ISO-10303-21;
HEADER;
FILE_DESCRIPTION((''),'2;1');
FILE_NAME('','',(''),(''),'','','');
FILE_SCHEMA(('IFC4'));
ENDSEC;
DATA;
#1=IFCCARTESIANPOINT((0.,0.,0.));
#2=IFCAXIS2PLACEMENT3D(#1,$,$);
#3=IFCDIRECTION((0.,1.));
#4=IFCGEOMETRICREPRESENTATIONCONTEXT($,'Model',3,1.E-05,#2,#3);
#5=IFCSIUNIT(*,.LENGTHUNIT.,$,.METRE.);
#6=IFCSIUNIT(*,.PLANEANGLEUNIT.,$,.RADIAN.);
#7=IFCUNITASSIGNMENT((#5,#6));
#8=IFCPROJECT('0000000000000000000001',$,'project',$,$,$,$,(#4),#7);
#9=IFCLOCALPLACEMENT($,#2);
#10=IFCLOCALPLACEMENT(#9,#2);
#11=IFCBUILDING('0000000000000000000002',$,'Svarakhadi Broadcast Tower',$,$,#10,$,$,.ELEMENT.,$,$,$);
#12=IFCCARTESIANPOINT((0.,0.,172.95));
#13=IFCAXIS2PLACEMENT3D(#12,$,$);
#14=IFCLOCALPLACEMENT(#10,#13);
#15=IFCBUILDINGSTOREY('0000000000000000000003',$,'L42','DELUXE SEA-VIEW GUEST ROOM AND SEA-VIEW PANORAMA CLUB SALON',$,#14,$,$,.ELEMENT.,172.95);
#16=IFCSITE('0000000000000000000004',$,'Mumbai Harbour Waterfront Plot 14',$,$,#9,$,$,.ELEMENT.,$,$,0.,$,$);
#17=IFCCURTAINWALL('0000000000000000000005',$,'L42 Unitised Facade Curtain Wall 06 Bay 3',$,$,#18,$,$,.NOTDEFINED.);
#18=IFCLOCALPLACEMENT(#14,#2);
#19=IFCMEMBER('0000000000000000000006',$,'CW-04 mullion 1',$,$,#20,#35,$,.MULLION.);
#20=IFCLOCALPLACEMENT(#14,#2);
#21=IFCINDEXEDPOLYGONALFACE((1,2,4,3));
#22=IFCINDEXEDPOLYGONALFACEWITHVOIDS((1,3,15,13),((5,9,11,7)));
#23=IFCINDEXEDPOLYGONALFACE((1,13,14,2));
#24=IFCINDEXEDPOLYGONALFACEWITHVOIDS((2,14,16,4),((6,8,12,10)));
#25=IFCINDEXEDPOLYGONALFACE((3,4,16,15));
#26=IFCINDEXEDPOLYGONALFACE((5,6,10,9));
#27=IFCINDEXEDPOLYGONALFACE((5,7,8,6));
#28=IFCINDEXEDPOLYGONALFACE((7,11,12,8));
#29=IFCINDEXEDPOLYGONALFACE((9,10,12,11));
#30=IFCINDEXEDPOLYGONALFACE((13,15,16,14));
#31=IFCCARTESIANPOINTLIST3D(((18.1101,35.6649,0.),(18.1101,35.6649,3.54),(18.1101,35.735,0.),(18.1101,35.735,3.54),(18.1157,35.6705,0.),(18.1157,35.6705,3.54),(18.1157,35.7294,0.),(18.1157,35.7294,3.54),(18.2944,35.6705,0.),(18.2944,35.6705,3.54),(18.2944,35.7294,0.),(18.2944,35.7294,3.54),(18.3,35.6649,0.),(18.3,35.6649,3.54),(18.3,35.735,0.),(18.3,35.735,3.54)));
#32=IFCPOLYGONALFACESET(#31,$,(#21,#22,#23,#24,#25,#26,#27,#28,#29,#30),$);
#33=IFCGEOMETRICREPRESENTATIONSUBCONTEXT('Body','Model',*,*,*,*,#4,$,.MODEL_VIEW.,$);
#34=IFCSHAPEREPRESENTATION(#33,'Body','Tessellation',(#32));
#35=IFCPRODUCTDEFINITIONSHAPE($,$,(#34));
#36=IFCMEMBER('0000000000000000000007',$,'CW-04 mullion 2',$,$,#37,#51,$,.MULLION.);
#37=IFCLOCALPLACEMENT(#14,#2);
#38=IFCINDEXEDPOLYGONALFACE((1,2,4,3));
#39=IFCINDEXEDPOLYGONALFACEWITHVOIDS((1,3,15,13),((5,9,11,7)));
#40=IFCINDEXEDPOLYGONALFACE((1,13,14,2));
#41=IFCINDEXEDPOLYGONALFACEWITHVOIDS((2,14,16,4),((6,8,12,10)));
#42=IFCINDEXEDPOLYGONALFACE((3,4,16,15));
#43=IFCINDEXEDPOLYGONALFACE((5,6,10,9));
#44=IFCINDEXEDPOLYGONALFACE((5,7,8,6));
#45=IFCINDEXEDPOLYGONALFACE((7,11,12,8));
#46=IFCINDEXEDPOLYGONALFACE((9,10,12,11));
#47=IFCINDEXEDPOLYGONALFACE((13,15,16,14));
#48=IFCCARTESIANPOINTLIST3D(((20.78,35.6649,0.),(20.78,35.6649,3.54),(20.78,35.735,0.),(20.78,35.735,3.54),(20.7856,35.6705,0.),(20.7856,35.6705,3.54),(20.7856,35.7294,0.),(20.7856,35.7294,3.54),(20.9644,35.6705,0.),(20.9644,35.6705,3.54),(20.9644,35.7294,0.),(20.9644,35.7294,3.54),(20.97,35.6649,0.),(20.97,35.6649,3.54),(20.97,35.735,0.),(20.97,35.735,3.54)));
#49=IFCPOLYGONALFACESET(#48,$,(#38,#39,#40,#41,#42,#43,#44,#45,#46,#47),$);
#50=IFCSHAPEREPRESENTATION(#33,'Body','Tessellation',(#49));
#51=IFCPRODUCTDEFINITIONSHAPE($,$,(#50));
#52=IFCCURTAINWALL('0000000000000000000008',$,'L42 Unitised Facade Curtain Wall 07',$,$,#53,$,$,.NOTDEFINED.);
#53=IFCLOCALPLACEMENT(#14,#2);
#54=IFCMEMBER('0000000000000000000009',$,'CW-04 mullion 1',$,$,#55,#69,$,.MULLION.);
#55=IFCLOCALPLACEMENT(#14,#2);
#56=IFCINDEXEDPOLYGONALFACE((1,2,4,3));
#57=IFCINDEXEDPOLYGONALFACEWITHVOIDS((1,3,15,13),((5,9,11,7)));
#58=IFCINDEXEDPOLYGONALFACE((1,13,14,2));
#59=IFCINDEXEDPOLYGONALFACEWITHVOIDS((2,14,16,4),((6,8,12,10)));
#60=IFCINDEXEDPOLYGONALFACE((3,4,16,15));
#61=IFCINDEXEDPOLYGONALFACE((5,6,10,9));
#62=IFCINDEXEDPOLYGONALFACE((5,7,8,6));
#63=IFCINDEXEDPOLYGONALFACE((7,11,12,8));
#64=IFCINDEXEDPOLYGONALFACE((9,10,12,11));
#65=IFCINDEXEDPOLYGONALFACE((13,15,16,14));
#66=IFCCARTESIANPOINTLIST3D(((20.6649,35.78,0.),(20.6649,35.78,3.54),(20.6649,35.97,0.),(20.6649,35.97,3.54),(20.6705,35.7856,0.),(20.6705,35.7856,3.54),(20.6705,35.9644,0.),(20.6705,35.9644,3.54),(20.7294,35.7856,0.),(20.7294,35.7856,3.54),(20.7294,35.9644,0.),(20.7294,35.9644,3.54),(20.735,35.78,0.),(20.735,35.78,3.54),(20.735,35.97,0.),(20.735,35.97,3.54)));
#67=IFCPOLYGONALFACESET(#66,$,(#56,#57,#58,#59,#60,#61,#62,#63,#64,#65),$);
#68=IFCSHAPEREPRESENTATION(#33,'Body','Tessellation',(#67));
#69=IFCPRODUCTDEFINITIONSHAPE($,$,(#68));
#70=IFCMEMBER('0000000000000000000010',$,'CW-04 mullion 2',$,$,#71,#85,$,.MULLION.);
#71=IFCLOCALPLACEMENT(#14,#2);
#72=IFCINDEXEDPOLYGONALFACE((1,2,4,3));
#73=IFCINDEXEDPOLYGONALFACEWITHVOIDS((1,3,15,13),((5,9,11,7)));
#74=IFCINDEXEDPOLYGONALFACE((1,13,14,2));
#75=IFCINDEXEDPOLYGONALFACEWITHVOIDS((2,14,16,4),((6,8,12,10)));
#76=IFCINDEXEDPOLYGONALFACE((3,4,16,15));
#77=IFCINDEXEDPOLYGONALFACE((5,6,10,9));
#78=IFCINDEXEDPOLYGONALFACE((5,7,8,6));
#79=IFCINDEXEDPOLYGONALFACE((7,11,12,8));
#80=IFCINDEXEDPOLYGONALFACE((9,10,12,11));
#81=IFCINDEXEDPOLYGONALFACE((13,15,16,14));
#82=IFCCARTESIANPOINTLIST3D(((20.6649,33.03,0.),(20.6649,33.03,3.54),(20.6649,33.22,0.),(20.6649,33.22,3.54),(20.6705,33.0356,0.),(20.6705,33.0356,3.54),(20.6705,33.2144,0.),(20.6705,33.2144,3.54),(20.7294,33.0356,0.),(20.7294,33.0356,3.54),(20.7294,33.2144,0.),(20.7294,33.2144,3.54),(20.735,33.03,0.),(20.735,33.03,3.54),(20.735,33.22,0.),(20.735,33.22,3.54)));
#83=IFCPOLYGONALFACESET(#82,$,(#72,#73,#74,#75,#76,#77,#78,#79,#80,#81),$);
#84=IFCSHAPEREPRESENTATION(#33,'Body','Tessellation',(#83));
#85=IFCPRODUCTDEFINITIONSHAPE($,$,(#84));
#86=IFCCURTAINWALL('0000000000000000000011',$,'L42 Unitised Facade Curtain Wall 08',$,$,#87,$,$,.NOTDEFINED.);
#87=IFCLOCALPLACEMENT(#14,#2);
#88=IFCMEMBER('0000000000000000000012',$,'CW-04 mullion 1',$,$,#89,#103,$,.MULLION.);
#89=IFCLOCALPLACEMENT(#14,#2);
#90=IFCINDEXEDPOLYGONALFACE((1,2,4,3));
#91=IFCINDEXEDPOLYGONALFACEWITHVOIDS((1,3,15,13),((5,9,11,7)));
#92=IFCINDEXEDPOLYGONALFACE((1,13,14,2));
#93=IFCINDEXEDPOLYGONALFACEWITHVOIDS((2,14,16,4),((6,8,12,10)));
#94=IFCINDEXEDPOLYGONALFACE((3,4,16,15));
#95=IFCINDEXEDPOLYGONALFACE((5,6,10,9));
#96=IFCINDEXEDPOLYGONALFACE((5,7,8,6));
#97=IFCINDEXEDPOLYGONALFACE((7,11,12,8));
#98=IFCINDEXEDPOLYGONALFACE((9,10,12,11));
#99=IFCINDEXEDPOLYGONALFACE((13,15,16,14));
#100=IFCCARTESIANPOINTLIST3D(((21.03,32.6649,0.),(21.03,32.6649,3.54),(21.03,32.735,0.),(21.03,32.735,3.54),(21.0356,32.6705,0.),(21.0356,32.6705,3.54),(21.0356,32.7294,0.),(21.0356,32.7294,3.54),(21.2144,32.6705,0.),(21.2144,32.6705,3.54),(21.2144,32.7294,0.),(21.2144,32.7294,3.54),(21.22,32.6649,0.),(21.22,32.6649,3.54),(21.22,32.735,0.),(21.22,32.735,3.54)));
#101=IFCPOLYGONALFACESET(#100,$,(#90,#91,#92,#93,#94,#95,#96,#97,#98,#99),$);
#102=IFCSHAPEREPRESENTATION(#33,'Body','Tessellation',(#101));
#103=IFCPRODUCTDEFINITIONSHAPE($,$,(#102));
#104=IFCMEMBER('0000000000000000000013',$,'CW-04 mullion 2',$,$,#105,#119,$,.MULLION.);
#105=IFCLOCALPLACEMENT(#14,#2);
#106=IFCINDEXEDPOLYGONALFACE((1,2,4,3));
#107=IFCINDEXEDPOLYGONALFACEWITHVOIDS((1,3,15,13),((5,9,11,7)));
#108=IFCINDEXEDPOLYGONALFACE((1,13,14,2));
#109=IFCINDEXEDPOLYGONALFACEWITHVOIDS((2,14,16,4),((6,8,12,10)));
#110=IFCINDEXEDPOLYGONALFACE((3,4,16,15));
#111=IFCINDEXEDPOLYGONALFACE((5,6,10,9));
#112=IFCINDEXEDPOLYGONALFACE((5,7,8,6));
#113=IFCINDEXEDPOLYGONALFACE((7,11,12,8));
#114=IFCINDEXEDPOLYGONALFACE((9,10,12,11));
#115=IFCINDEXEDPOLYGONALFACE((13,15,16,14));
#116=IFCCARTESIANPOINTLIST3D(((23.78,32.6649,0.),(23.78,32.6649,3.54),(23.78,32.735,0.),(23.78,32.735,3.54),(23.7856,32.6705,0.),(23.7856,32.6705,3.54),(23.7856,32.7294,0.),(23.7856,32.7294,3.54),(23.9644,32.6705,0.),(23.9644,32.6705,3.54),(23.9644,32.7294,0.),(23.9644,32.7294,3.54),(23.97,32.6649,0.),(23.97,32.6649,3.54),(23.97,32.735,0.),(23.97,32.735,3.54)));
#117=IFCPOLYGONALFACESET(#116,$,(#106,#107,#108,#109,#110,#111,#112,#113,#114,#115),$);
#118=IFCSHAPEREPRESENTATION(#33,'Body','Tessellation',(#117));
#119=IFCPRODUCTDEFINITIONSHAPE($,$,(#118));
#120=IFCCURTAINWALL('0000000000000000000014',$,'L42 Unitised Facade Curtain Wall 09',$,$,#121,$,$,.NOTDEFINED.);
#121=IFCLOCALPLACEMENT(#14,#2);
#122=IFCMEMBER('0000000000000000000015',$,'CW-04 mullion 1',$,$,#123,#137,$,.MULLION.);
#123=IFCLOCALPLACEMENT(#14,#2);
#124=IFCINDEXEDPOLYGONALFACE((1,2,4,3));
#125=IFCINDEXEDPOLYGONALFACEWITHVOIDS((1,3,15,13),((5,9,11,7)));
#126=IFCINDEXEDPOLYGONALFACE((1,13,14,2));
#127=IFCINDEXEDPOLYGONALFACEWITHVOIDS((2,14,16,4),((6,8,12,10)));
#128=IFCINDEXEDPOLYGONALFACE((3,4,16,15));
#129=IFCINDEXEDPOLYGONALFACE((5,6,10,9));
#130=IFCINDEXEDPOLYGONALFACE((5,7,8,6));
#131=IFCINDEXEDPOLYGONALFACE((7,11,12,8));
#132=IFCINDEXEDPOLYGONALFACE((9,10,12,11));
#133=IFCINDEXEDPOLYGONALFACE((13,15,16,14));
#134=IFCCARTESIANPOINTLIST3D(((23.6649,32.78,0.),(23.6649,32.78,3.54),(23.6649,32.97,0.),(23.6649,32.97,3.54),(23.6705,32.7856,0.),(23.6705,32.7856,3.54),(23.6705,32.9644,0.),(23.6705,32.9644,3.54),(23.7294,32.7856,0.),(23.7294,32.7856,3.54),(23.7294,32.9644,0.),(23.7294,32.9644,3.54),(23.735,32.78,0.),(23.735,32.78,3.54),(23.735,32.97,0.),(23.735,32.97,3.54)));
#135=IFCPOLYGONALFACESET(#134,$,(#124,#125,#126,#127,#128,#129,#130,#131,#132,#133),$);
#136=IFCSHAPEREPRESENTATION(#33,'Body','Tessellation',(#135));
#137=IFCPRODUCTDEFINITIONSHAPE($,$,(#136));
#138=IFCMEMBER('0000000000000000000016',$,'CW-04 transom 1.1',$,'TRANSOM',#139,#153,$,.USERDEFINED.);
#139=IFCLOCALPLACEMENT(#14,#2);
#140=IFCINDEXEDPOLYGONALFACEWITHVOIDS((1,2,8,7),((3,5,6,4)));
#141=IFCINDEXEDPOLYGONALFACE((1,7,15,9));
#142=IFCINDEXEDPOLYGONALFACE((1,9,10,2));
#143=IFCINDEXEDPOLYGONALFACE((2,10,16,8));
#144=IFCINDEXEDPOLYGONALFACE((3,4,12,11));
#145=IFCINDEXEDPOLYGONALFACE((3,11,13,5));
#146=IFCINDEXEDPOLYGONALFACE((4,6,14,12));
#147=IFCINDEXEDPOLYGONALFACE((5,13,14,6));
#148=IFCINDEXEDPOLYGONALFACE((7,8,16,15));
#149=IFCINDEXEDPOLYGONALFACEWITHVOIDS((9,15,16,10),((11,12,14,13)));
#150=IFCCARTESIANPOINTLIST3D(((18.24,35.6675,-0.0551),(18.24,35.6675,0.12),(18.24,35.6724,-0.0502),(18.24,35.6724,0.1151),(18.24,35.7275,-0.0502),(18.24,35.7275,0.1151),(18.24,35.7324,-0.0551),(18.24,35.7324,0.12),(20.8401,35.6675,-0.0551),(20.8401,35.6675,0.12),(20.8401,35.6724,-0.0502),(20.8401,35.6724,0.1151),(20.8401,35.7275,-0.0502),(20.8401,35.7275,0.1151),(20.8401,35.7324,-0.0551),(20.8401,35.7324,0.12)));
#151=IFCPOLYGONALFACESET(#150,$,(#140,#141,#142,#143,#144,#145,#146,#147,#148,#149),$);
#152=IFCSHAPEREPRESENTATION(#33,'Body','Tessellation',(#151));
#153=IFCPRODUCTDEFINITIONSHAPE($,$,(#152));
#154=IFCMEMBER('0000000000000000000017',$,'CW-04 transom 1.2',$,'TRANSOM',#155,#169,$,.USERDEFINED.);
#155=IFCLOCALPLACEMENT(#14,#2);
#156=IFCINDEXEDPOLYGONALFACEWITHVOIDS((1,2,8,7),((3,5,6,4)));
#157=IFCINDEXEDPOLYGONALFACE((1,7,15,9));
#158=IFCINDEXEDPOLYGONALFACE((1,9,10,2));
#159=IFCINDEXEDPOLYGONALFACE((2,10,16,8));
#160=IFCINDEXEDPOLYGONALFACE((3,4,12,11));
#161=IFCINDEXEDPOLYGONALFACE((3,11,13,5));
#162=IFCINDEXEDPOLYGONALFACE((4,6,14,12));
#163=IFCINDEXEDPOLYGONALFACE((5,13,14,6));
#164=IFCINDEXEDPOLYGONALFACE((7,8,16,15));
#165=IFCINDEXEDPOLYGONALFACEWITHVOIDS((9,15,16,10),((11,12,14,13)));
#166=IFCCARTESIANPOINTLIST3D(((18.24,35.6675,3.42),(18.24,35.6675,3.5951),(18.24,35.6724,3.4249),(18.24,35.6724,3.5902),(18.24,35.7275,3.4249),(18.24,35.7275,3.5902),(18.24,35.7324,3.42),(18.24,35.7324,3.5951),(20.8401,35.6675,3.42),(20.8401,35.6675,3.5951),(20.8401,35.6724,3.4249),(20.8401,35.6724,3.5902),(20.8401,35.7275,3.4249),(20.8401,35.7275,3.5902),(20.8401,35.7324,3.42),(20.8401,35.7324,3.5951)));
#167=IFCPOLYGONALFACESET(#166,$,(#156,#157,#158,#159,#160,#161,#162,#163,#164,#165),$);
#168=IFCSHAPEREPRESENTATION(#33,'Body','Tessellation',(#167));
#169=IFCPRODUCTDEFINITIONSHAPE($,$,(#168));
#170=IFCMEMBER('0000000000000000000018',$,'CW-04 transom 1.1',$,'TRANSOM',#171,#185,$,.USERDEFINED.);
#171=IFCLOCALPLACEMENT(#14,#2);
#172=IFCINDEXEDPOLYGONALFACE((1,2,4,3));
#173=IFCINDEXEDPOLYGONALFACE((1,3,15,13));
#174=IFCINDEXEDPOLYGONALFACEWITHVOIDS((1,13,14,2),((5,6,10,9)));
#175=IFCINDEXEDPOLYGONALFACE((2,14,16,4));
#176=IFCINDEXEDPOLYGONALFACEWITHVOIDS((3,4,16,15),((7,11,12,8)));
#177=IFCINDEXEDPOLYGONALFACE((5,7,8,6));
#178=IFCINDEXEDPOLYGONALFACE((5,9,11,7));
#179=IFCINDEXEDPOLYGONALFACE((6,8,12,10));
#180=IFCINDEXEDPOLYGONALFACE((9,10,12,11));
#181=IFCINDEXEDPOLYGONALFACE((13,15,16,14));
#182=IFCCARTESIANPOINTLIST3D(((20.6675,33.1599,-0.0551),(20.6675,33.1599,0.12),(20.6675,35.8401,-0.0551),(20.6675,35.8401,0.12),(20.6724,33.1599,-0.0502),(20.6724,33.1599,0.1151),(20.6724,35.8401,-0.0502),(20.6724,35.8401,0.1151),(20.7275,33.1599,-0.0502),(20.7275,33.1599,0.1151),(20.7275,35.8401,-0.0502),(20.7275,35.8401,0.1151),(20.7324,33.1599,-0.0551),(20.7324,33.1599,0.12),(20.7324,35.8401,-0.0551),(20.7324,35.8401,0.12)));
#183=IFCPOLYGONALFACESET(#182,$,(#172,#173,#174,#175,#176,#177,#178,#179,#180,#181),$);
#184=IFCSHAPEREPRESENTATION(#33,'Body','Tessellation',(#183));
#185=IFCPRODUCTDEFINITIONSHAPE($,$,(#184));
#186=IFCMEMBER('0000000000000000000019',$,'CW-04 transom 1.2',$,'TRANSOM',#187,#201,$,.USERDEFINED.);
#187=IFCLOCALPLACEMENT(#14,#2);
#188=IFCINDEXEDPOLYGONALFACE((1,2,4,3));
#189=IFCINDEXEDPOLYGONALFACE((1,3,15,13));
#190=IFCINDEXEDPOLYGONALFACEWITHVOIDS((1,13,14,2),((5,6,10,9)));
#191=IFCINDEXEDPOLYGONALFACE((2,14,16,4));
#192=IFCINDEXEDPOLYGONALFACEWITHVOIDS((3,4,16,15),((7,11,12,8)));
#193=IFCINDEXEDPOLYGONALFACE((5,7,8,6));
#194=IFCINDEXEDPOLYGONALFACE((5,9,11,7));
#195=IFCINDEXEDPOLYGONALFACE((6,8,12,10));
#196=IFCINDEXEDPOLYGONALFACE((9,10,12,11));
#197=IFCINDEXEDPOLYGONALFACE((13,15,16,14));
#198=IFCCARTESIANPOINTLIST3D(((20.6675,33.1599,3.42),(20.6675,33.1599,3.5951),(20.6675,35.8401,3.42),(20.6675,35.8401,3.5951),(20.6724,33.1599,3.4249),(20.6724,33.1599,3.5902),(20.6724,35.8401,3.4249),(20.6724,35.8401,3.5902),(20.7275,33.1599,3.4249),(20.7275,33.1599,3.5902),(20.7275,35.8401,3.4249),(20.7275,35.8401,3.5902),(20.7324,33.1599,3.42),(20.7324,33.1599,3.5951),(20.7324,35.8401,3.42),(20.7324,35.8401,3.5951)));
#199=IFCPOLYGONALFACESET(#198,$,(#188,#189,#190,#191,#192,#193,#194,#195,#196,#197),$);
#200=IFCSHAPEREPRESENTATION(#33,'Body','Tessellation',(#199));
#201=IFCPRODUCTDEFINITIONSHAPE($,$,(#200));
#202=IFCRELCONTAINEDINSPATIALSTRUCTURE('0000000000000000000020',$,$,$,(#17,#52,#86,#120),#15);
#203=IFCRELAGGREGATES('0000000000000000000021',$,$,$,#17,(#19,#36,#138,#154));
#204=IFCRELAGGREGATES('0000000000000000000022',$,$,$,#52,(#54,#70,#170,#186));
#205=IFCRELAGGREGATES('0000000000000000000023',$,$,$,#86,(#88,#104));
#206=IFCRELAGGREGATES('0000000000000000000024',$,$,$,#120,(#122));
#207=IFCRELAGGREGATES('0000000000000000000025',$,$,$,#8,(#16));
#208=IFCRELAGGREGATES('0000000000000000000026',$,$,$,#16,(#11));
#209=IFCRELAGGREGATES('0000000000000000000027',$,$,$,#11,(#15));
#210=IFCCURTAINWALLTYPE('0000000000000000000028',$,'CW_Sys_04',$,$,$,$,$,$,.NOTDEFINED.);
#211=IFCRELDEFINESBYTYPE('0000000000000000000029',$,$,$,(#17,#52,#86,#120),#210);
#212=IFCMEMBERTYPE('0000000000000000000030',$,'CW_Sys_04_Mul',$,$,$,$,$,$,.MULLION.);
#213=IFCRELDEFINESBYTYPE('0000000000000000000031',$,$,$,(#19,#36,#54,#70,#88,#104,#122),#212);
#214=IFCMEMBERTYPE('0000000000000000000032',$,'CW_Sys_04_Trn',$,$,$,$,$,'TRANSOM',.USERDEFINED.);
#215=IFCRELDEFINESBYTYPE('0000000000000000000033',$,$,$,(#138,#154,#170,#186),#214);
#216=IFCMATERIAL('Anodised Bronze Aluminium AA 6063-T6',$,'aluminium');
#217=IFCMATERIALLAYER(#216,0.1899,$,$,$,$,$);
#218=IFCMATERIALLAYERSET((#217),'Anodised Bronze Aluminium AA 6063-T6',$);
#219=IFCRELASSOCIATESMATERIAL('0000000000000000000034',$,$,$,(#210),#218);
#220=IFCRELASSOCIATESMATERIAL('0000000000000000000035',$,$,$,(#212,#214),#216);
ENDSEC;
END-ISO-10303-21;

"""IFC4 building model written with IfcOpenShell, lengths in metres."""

from ifc_helpers import new_model, si_unit, direction, frame, origin, origin_2d, place, context, subcontext, project, spatial, hollow_rectangle, extrude, material, layer, layer_set, material_profile, profile_set, type_object, element, aggregate, save


model = new_model("IFC4")

# Units and contexts
model_context = context("Model", 3, precision=1e-05, world=origin(), true_north=direction((0.0, 1.0)))
body_context = subcontext(model_context, "Body", "Model", "MODEL_VIEW")
ifc_project = project(units=[si_unit("LENGTHUNIT", "METRE"), si_unit("PLANEANGLEUNIT", "RADIAN")], contexts=[model_context])

# Site, building, storey
site_placement = place(None, origin())
site = spatial("IfcSite", under=ifc_project, at=site_placement, Name="Mumbai Harbour Waterfront Plot 14", CompositionType="ELEMENT", RefElevation=0.0)
building_placement = place(site_placement, origin())
building = spatial("IfcBuilding", under=site, at=building_placement, Name="Svarakhadi Broadcast Tower", CompositionType="ELEMENT")
storey_placement = place(building_placement, frame((0.0, 0.0, 172.95)))
storey = spatial("IfcBuildingStorey", under=building, at=storey_placement, Name="L42", Description="DELUXE SEA-VIEW GUEST ROOM AND SEA-VIEW PANORAMA CLUB SALON", CompositionType="ELEMENT", Elevation=172.95)

# Curtain walls, members
ifc_material_1 = material(Name="Anodised Bronze Aluminium AA 6063-T6", Category="aluminium")
ifc_layer_1 = layer(ifc_material_1, 0.1899)
ifc_layer_set_1 = layer_set([ifc_layer_1], Name="Anodised Bronze Aluminium AA 6063-T6")
curtain_wall_type = type_object("IfcCurtainWallType", Name="CW_Sys_04", PredefinedType="NOTDEFINED", material=ifc_layer_set_1)
curtain_wall_1_placement = place(storey_placement, origin())
curtain_wall_1 = element("IfcCurtainWall", 1, at=curtain_wall_1_placement, inside=storey, type_object=curtain_wall_type, Name="L42 Unitised Facade Curtain Wall 06 Bay 3", PredefinedType="NOTDEFINED")
ifc_material_profile_1 = material_profile(ifc_material_1, hollow_rectangle(XDim=0.0701, YDim=0.1899, WallThickness=0.0056, at=origin_2d()), Name="ALU MULLION 190x70x6")
ifc_profile_set_1 = profile_set([ifc_material_profile_1], Name="Anodised Bronze Aluminium AA 6063-T6")
member_type_1 = type_object("IfcMemberType", Name="CW_Sys_04_Mul", PredefinedType="MULLION", material=ifc_profile_set_1)
member_1_placement = place(storey_placement, frame((18.2051, 35.7, 0.0), z_axis=(0.0, 0.0, 1.0), x_axis=(0.0, 1.0, 0.0)))
member_1 = element("IfcMember", 2, at=member_1_placement, type_object=member_type_1, Name="CW-04 mullion 1", PredefinedType="MULLION", context=body_context, shape_type="SweptSolid", body=[
    extrude(hollow_rectangle(XDim=0.0701, YDim=0.1899, WallThickness=0.0056, at=origin_2d()), origin(), (0.0, 0.0, 1.0), 3.54),
])
member_2_placement = place(storey_placement, frame((20.875, 35.7, 0.0), z_axis=(0.0, 0.0, 1.0), x_axis=(0.0, 1.0, 0.0)))
member_2 = element("IfcMember", 3, at=member_2_placement, type_object=member_type_1, Name="CW-04 mullion 2", PredefinedType="MULLION", context=body_context, shape_type="SweptSolid", body=[
    extrude(hollow_rectangle(XDim=0.0701, YDim=0.1899, WallThickness=0.0056, at=origin_2d()), origin(), (0.0, 0.0, 1.0), 3.54),
])
curtain_wall_2_placement = place(storey_placement, origin())
curtain_wall_2 = element("IfcCurtainWall", 4, at=curtain_wall_2_placement, inside=storey, type_object=curtain_wall_type, Name="L42 Unitised Facade Curtain Wall 07", PredefinedType="NOTDEFINED")
member_3_placement = place(storey_placement, frame((20.7, 35.875, 0.0), z_axis=(0.0, 0.0, 1.0), x_axis=(1.0, 0.0, 0.0)))
member_3 = element("IfcMember", 5, at=member_3_placement, type_object=member_type_1, Name="CW-04 mullion 1", PredefinedType="MULLION", context=body_context, shape_type="SweptSolid", body=[
    extrude(hollow_rectangle(XDim=0.0701, YDim=0.1899, WallThickness=0.0056, at=origin_2d()), origin(), (0.0, 0.0, 1.0), 3.54),
])
member_4_placement = place(storey_placement, frame((20.7, 33.125, 0.0), z_axis=(0.0, 0.0, 1.0), x_axis=(1.0, 0.0, 0.0)))
member_4 = element("IfcMember", 6, at=member_4_placement, type_object=member_type_1, Name="CW-04 mullion 2", PredefinedType="MULLION", context=body_context, shape_type="SweptSolid", body=[
    extrude(hollow_rectangle(XDim=0.0701, YDim=0.1899, WallThickness=0.0056, at=origin_2d()), origin(), (0.0, 0.0, 1.0), 3.54),
])
curtain_wall_3_placement = place(storey_placement, origin())
curtain_wall_3 = element("IfcCurtainWall", 7, at=curtain_wall_3_placement, inside=storey, type_object=curtain_wall_type, Name="L42 Unitised Facade Curtain Wall 08", PredefinedType="NOTDEFINED")
member_5_placement = place(storey_placement, frame((21.125, 32.7, 0.0), z_axis=(0.0, 0.0, 1.0), x_axis=(0.0, 1.0, 0.0)))
member_5 = element("IfcMember", 8, at=member_5_placement, type_object=member_type_1, Name="CW-04 mullion 1", PredefinedType="MULLION", context=body_context, shape_type="SweptSolid", body=[
    extrude(hollow_rectangle(XDim=0.0701, YDim=0.1899, WallThickness=0.0056, at=origin_2d()), origin(), (0.0, 0.0, 1.0), 3.54),
])
member_6_placement = place(storey_placement, frame((23.875, 32.7, 0.0), z_axis=(0.0, 0.0, 1.0), x_axis=(0.0, 1.0, 0.0)))
member_6 = element("IfcMember", 9, at=member_6_placement, type_object=member_type_1, Name="CW-04 mullion 2", PredefinedType="MULLION", context=body_context, shape_type="SweptSolid", body=[
    extrude(hollow_rectangle(XDim=0.0701, YDim=0.1899, WallThickness=0.0056, at=origin_2d()), origin(), (0.0, 0.0, 1.0), 3.54),
])

# Curtain wall, member
curtain_wall_4_placement = place(storey_placement, origin())
curtain_wall_4 = element("IfcCurtainWall", 10, at=curtain_wall_4_placement, inside=storey, type_object=curtain_wall_type, Name="L42 Unitised Facade Curtain Wall 09", PredefinedType="NOTDEFINED")
member_7_placement = place(storey_placement, frame((23.7, 32.875, 0.0), z_axis=(0.0, 0.0, 1.0), x_axis=(1.0, 0.0, 0.0)))
member_7 = element("IfcMember", 11, at=member_7_placement, type_object=member_type_1, Name="CW-04 mullion 1", PredefinedType="MULLION", context=body_context, shape_type="SweptSolid", body=[
    extrude(hollow_rectangle(XDim=0.0701, YDim=0.1899, WallThickness=0.0056, at=origin_2d()), origin(), (0.0, 0.0, 1.0), 3.54),
])

# Members
ifc_material_profile_2 = material_profile(ifc_material_1, hollow_rectangle(XDim=0.0649, YDim=0.175, WallThickness=0.0049, at=origin_2d()), Name="ALU TRANSOM 175x65x5")
ifc_profile_set_2 = profile_set([ifc_material_profile_2], Name="Anodised Bronze Aluminium AA 6063-T6")
member_type_2 = type_object("IfcMemberType", Name="CW_Sys_04_Trn", ElementType="TRANSOM", PredefinedType="USERDEFINED", material=ifc_profile_set_2)
member_8_placement = place(storey_placement, frame((18.24, 35.7, 0.0325), z_axis=(1.0, 0.0, 0.0), x_axis=(0.0, 1.0, 0.0)))
member_8 = element("IfcMember", 12, at=member_8_placement, type_object=member_type_2, Name="CW-04 transom 1.1", ObjectType="TRANSOM", PredefinedType="USERDEFINED", context=body_context, shape_type="SweptSolid", body=[
    extrude(hollow_rectangle(XDim=0.0649, YDim=0.175, WallThickness=0.0049, at=origin_2d()), origin(), (0.0, 0.0, 1.0), 2.6001),
])
member_9_placement = place(storey_placement, frame((18.24, 35.7, 3.5076), z_axis=(1.0, 0.0, 0.0), x_axis=(0.0, 1.0, 0.0)))
member_9 = element("IfcMember", 13, at=member_9_placement, type_object=member_type_2, Name="CW-04 transom 1.2", ObjectType="TRANSOM", PredefinedType="USERDEFINED", context=body_context, shape_type="SweptSolid", body=[
    extrude(hollow_rectangle(XDim=0.0649, YDim=0.175, WallThickness=0.0049, at=origin_2d()), origin(), (0.0, 0.0, 1.0), 2.6001),
])
member_10_placement = place(storey_placement, frame((20.7, 35.8401, 0.0325), z_axis=(0.0, -1.0, 0.0), x_axis=(1.0, 0.0, 0.0)))
member_10 = element("IfcMember", 14, at=member_10_placement, type_object=member_type_2, Name="CW-04 transom 1.1", ObjectType="TRANSOM", PredefinedType="USERDEFINED", context=body_context, shape_type="SweptSolid", body=[
    extrude(hollow_rectangle(XDim=0.0649, YDim=0.175, WallThickness=0.0049, at=origin_2d()), origin(), (0.0, 0.0, 1.0), 2.6802),
])
member_11_placement = place(storey_placement, frame((20.7, 35.8401, 3.5076), z_axis=(0.0, -1.0, 0.0), x_axis=(1.0, 0.0, 0.0)))
member_11 = element("IfcMember", 15, at=member_11_placement, type_object=member_type_2, Name="CW-04 transom 1.2", ObjectType="TRANSOM", PredefinedType="USERDEFINED", context=body_context, shape_type="SweptSolid", body=[
    extrude(hollow_rectangle(XDim=0.0649, YDim=0.175, WallThickness=0.0049, at=origin_2d()), origin(), (0.0, 0.0, 1.0), 2.6802),
])

aggregate(curtain_wall_1, [member_1, member_2, member_8, member_9])
aggregate(curtain_wall_2, [member_3, member_4, member_10, member_11])
aggregate(curtain_wall_3, [member_5, member_6])
aggregate(curtain_wall_4, [member_7])

save(model, "model.ifc")
